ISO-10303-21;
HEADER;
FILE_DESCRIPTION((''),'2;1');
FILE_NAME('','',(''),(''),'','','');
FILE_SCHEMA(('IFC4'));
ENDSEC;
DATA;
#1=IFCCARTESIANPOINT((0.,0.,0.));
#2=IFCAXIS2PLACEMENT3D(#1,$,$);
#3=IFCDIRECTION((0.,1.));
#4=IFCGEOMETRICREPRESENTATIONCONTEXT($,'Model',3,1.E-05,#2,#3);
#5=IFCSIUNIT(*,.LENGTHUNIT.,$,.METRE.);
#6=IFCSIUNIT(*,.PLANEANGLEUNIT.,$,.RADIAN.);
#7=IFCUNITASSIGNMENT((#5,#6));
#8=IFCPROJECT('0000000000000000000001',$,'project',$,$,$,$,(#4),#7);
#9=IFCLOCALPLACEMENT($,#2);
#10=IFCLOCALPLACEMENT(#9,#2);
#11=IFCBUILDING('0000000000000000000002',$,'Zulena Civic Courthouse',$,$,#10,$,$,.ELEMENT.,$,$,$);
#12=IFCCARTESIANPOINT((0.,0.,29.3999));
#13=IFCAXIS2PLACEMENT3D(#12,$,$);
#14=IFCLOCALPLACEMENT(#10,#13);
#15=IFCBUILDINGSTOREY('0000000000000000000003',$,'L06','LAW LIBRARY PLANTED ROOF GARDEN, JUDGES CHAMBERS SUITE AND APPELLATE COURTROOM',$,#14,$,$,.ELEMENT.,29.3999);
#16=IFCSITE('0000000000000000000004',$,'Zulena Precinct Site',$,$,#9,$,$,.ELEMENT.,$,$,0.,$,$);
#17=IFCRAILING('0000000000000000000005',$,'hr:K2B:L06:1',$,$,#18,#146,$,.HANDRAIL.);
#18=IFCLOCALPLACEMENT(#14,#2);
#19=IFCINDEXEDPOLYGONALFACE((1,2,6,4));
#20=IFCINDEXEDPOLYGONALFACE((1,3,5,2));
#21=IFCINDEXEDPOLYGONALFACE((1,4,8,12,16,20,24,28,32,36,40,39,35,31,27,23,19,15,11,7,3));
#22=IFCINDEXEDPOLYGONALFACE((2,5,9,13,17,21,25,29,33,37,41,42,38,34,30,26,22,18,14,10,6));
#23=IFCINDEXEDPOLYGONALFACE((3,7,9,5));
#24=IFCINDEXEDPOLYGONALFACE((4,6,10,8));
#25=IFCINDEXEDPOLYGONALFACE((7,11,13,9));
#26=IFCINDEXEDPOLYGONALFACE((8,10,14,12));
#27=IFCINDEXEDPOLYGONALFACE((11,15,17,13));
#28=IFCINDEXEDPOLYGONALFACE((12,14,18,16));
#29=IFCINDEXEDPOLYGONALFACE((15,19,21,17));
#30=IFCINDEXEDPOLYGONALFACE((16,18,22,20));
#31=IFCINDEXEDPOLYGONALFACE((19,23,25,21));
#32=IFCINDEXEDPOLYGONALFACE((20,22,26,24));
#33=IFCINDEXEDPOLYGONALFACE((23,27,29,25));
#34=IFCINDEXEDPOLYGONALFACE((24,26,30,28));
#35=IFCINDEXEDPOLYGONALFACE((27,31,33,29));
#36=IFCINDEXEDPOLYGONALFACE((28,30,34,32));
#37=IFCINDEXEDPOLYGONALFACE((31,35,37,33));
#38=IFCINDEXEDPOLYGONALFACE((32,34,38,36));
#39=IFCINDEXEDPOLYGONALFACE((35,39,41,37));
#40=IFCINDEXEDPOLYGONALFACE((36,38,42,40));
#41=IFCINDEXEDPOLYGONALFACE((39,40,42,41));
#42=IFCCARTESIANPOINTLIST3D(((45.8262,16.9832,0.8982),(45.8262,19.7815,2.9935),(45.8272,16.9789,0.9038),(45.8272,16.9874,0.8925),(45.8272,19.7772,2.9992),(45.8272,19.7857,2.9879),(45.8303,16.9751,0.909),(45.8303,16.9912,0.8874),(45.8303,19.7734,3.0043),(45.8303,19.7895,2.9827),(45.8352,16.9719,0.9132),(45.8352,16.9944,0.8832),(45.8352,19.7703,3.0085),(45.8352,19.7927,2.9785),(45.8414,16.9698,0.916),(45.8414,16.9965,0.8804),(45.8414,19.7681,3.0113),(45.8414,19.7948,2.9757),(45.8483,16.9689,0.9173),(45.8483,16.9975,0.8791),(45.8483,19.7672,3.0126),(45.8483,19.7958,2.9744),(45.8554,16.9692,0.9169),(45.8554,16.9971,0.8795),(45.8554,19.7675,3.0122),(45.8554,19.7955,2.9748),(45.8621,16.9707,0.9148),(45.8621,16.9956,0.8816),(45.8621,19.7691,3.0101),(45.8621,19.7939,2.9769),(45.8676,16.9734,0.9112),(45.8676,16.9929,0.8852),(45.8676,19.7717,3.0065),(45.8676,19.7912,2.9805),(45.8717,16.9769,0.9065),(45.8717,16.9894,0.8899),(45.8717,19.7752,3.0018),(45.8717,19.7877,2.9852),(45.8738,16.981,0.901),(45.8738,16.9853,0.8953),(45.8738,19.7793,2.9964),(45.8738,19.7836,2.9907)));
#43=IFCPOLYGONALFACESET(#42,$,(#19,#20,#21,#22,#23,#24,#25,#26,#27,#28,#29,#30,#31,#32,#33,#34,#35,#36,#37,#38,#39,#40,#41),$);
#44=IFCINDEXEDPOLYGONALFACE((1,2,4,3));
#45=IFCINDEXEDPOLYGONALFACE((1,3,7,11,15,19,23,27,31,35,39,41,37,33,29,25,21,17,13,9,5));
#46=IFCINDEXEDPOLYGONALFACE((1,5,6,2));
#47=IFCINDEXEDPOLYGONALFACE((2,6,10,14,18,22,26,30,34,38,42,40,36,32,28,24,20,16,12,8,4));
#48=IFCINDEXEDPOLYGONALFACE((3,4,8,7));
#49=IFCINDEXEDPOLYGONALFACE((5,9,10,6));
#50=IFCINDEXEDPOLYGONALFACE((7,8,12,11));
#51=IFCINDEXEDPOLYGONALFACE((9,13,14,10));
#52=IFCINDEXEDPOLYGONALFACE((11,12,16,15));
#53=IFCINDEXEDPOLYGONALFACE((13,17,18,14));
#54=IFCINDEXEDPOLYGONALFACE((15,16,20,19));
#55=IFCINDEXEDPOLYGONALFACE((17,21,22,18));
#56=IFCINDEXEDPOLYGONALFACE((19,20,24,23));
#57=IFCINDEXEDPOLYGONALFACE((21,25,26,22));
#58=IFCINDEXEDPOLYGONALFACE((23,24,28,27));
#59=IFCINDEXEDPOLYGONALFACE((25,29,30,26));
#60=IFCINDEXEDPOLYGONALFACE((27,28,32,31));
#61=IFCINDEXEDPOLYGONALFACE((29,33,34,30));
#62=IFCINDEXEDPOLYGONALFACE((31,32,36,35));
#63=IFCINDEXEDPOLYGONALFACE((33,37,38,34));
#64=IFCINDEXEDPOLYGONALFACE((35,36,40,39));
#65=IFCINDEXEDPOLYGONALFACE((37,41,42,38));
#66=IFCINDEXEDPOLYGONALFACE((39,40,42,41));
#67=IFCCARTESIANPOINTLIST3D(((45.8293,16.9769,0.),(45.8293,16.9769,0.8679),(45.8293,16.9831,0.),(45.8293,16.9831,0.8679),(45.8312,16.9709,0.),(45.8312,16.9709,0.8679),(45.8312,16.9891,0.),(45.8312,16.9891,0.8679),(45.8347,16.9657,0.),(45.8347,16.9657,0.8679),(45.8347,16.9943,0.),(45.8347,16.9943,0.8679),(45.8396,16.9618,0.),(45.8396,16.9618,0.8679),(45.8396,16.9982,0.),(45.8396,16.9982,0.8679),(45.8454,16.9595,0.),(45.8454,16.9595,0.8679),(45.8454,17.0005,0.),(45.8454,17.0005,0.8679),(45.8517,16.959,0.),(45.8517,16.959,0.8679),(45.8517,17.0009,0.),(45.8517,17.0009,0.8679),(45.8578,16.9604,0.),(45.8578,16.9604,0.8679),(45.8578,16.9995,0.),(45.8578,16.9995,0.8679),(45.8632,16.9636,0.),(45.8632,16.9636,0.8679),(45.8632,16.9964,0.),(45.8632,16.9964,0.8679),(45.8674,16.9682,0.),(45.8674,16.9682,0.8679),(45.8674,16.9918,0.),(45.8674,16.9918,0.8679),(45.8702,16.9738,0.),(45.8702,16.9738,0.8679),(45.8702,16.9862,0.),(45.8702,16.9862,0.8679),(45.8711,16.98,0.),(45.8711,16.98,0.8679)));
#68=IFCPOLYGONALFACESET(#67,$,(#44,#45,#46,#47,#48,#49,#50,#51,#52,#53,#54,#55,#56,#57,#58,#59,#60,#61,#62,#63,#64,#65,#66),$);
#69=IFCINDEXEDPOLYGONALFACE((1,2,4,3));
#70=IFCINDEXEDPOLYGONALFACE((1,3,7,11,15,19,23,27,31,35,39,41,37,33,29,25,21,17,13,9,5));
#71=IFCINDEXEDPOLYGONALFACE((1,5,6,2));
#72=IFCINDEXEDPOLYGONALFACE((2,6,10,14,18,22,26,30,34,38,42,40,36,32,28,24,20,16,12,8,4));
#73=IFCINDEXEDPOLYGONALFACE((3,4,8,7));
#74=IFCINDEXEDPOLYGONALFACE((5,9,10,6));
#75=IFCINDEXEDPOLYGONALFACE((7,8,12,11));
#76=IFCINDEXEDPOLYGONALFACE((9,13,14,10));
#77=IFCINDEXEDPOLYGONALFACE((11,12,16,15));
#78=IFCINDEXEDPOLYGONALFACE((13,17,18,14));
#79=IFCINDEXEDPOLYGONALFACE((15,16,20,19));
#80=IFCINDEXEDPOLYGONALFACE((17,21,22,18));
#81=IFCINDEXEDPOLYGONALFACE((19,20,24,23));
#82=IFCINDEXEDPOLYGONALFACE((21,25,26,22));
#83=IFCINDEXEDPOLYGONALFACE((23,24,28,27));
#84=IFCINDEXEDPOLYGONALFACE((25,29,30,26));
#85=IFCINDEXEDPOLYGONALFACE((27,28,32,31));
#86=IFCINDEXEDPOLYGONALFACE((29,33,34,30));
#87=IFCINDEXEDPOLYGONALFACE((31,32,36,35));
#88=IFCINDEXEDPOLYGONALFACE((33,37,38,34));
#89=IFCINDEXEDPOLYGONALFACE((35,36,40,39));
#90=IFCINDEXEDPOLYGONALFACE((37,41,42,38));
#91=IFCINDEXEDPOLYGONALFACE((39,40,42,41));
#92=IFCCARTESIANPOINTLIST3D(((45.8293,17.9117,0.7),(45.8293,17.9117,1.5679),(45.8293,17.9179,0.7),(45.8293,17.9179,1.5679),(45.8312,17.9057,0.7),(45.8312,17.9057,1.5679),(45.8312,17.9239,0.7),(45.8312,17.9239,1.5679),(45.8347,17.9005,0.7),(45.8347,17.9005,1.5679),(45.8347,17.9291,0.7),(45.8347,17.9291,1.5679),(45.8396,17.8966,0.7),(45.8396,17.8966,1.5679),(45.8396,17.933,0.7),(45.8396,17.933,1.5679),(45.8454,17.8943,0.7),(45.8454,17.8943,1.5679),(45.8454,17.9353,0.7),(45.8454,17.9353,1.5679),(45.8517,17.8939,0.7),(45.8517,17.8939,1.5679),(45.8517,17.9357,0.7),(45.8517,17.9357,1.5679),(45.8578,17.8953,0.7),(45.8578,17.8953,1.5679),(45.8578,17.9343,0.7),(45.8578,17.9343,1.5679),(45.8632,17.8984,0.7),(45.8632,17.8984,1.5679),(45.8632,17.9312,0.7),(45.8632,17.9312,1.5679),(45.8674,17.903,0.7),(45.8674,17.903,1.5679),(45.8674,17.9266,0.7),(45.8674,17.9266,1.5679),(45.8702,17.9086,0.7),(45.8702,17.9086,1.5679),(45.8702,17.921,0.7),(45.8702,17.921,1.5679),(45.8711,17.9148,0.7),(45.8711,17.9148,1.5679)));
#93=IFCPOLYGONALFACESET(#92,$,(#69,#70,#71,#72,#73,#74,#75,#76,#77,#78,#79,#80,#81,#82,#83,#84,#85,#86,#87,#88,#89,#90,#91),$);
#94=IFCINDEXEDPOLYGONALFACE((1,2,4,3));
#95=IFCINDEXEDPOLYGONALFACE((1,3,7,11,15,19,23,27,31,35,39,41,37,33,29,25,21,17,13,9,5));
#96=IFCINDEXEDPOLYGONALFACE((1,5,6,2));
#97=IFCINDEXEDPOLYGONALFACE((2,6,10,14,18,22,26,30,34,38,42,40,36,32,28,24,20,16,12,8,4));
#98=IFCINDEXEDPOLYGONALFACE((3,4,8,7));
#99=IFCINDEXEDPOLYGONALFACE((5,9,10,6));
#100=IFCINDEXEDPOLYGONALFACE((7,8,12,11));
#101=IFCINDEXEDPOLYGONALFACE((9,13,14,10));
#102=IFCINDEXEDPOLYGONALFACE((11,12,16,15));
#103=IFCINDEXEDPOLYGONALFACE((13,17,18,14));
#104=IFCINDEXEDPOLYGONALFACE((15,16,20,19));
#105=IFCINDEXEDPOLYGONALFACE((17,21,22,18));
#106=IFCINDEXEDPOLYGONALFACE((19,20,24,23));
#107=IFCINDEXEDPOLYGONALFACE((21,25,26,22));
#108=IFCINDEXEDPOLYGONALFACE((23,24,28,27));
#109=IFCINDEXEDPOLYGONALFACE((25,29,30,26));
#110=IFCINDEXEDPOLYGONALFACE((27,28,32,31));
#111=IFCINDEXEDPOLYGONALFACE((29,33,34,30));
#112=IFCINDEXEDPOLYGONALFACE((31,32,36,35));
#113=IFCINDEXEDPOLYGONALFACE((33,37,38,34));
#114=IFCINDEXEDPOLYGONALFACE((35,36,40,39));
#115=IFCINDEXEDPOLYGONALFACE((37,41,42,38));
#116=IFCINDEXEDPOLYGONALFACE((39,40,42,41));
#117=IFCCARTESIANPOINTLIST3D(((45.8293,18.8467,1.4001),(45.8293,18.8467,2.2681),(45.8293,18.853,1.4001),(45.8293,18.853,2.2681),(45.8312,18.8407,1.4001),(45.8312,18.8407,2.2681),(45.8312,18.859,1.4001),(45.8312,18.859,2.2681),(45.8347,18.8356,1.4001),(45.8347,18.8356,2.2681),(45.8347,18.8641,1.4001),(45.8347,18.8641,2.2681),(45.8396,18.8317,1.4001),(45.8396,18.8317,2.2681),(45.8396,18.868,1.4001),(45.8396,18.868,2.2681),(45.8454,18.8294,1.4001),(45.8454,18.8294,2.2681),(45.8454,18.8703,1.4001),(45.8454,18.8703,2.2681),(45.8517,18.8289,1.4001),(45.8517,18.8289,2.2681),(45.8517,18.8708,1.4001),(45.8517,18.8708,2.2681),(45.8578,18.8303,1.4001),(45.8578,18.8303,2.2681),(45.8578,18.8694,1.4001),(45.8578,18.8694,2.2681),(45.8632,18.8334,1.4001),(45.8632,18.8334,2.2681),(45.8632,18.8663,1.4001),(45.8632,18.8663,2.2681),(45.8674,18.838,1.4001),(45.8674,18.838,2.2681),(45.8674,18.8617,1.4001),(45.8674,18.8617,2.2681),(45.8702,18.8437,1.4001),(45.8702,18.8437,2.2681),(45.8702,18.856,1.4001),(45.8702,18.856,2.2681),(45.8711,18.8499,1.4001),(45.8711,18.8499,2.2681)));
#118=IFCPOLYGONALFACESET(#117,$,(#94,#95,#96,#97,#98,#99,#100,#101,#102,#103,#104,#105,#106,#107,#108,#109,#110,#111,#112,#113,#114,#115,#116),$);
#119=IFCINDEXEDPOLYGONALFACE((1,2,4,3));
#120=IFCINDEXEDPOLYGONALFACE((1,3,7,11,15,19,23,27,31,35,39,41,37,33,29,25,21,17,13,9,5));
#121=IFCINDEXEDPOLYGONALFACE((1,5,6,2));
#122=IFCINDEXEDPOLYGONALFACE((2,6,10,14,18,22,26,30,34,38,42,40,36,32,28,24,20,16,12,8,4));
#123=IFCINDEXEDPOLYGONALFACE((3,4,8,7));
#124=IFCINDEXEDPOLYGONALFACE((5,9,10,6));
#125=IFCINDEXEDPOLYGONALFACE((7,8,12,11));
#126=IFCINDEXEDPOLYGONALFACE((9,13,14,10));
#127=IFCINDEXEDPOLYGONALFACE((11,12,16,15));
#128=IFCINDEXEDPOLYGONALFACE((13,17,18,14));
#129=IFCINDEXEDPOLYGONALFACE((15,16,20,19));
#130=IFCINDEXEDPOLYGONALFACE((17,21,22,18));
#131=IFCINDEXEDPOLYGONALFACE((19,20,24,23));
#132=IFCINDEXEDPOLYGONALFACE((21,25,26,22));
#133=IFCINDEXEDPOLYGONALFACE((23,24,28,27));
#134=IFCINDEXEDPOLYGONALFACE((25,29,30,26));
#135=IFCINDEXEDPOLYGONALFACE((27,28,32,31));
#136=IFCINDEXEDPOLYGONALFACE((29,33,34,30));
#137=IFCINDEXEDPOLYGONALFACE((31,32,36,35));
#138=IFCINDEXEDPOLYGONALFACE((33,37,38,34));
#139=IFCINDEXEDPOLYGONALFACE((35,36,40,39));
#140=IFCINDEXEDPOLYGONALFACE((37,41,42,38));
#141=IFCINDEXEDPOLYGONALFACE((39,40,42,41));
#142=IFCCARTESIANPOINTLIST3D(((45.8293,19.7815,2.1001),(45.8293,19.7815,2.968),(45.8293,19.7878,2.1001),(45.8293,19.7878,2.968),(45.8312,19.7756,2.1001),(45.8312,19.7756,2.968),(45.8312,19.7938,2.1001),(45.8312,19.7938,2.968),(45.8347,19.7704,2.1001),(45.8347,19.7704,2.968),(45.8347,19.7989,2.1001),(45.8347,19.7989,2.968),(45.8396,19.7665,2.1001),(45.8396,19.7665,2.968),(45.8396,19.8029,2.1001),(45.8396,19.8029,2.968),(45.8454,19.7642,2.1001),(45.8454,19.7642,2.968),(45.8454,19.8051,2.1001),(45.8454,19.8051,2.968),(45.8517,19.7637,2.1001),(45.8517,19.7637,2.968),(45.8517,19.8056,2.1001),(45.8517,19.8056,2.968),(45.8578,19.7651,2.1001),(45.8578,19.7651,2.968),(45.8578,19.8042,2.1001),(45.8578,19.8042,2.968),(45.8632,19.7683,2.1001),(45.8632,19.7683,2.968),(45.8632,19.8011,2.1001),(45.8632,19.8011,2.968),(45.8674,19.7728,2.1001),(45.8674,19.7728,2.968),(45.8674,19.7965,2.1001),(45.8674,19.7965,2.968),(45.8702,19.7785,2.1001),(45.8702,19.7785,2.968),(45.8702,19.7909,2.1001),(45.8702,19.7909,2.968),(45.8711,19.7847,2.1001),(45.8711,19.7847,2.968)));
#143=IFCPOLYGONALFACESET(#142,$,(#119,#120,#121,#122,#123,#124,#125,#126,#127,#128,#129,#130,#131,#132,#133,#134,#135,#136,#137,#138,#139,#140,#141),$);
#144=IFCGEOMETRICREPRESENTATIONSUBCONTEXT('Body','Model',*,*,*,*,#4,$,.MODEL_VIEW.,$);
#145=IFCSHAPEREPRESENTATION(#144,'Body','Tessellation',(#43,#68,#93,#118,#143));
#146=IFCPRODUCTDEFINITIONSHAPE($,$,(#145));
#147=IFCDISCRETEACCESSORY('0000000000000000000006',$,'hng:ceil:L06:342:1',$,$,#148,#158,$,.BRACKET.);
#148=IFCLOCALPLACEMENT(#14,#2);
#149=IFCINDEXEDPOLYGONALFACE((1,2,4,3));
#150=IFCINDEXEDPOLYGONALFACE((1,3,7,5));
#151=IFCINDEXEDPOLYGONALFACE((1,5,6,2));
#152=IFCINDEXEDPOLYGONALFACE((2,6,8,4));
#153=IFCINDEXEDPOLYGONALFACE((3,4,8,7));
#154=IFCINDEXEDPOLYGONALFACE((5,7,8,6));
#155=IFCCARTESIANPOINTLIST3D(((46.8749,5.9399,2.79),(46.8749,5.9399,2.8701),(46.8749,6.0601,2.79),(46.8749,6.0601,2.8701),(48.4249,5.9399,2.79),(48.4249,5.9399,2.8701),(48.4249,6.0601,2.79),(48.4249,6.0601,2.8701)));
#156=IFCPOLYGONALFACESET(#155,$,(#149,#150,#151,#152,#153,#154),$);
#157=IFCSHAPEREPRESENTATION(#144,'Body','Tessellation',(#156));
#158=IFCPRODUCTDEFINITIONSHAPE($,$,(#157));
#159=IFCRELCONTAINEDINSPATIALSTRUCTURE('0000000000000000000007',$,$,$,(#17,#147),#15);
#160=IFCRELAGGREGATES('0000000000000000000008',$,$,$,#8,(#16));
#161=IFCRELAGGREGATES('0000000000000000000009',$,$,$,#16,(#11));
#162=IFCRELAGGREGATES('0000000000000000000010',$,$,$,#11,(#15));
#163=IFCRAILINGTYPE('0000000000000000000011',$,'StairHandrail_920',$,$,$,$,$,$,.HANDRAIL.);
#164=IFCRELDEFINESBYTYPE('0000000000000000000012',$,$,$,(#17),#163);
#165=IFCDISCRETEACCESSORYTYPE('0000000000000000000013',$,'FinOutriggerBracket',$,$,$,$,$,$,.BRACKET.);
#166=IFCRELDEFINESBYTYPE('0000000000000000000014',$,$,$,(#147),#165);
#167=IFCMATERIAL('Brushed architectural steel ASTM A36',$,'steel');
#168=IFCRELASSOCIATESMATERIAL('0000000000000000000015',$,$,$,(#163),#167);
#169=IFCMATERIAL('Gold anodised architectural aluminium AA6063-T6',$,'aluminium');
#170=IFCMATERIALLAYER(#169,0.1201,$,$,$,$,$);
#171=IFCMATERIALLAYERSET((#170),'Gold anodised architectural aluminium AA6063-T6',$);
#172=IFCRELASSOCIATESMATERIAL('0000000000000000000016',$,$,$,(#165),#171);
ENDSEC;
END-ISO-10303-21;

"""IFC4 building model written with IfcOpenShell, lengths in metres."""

from ifc_helpers import new_model, si_unit, direction, frame, origin, origin_2d, place, context, subcontext, project, spatial, rectangle, circle, extrude, material, layer, layer_set, type_object, element, save


model = new_model("IFC4")

# Units and contexts
model_context = context("Model", 3, precision=1e-05, world=origin(), true_north=direction((0.0, 1.0)))
body_context = subcontext(model_context, "Body", "Model", "MODEL_VIEW")
ifc_project = project(units=[si_unit("LENGTHUNIT", "METRE"), si_unit("PLANEANGLEUNIT", "RADIAN")], contexts=[model_context])

# Site, building, storey
site_placement = place(None, origin())
site = spatial("IfcSite", under=ifc_project, at=site_placement, Name="Zulena Precinct Site", CompositionType="ELEMENT", RefElevation=0.0)
building_placement = place(site_placement, origin())
building = spatial("IfcBuilding", under=site, at=building_placement, Name="Zulena Civic Courthouse", CompositionType="ELEMENT")
storey_placement = place(building_placement, frame((0.0, 0.0, 29.3999)))
storey = spatial("IfcBuildingStorey", under=building, at=storey_placement, Name="L06", Description="LAW LIBRARY PLANTED ROOF GARDEN, JUDGES CHAMBERS SUITE AND APPELLATE COURTROOM", CompositionType="ELEMENT", Elevation=29.3999)

# Railing
ifc_material_1 = material(Name="Brushed architectural steel ASTM A36", Category="steel")
railing_type = type_object("IfcRailingType", Name="StairHandrail_920", PredefinedType="HANDRAIL", material=ifc_material_1)
railing_placement = place(storey_placement, frame((45.8501, 16.98, 0.0)))
element("IfcRailing", 1, at=railing_placement, inside=storey, type_object=railing_type, Name="hr:K2B:L06:1", PredefinedType="HANDRAIL", context=body_context, shape_type="SweptSolid", body=[
    extrude(circle(Radius=0.0239, at=origin_2d()), frame((0.0, 0.0032, 0.8982), z_axis=(0.0, 0.800468, 0.599375), x_axis=(-1.0, 0.0, 0.0)), (0.0, 0.0, 1.0), 3.4958),
    extrude(circle(Radius=0.021, at=origin_2d()), origin(), (0.0, 0.0, 1.0), 0.8679),
    extrude(circle(Radius=0.021, at=origin_2d()), frame((0.0, 0.9348, 0.7)), (0.0, 0.0, 1.0), 0.8679),
    extrude(circle(Radius=0.021, at=origin_2d()), frame((0.0, 1.8699, 1.4001)), (0.0, 0.0, 1.0), 0.8679),
    extrude(circle(Radius=0.021, at=origin_2d()), frame((0.0, 2.8047, 2.1001)), (0.0, 0.0, 1.0), 0.8679),
])

# Discrete accessory
ifc_material_2 = material(Name="Gold anodised architectural aluminium AA6063-T6", Category="aluminium")
ifc_layer_1 = layer(ifc_material_2, 0.1201)
ifc_layer_set_1 = layer_set([ifc_layer_1], Name="Gold anodised architectural aluminium AA6063-T6")
discrete_accessory_type = type_object("IfcDiscreteAccessoryType", Name="FinOutriggerBracket", PredefinedType="BRACKET", material=ifc_layer_set_1)
discrete_accessory_placement = place(storey_placement, frame((47.6499, 6.0, 2.79), z_axis=(0.0, 0.0, 1.0), x_axis=(1.0, 0.0, 0.0)))
element("IfcDiscreteAccessory", 2, at=discrete_accessory_placement, inside=storey, type_object=discrete_accessory_type, Name="hng:ceil:L06:342:1", PredefinedType="BRACKET", context=body_context, shape_type="SweptSolid", body=[
    extrude(rectangle(XDim=1.55, YDim=0.1201, at=origin_2d()), origin(), (0.0, 0.0, 1.0), 0.0801),
])

save(model, "model.ifc")
